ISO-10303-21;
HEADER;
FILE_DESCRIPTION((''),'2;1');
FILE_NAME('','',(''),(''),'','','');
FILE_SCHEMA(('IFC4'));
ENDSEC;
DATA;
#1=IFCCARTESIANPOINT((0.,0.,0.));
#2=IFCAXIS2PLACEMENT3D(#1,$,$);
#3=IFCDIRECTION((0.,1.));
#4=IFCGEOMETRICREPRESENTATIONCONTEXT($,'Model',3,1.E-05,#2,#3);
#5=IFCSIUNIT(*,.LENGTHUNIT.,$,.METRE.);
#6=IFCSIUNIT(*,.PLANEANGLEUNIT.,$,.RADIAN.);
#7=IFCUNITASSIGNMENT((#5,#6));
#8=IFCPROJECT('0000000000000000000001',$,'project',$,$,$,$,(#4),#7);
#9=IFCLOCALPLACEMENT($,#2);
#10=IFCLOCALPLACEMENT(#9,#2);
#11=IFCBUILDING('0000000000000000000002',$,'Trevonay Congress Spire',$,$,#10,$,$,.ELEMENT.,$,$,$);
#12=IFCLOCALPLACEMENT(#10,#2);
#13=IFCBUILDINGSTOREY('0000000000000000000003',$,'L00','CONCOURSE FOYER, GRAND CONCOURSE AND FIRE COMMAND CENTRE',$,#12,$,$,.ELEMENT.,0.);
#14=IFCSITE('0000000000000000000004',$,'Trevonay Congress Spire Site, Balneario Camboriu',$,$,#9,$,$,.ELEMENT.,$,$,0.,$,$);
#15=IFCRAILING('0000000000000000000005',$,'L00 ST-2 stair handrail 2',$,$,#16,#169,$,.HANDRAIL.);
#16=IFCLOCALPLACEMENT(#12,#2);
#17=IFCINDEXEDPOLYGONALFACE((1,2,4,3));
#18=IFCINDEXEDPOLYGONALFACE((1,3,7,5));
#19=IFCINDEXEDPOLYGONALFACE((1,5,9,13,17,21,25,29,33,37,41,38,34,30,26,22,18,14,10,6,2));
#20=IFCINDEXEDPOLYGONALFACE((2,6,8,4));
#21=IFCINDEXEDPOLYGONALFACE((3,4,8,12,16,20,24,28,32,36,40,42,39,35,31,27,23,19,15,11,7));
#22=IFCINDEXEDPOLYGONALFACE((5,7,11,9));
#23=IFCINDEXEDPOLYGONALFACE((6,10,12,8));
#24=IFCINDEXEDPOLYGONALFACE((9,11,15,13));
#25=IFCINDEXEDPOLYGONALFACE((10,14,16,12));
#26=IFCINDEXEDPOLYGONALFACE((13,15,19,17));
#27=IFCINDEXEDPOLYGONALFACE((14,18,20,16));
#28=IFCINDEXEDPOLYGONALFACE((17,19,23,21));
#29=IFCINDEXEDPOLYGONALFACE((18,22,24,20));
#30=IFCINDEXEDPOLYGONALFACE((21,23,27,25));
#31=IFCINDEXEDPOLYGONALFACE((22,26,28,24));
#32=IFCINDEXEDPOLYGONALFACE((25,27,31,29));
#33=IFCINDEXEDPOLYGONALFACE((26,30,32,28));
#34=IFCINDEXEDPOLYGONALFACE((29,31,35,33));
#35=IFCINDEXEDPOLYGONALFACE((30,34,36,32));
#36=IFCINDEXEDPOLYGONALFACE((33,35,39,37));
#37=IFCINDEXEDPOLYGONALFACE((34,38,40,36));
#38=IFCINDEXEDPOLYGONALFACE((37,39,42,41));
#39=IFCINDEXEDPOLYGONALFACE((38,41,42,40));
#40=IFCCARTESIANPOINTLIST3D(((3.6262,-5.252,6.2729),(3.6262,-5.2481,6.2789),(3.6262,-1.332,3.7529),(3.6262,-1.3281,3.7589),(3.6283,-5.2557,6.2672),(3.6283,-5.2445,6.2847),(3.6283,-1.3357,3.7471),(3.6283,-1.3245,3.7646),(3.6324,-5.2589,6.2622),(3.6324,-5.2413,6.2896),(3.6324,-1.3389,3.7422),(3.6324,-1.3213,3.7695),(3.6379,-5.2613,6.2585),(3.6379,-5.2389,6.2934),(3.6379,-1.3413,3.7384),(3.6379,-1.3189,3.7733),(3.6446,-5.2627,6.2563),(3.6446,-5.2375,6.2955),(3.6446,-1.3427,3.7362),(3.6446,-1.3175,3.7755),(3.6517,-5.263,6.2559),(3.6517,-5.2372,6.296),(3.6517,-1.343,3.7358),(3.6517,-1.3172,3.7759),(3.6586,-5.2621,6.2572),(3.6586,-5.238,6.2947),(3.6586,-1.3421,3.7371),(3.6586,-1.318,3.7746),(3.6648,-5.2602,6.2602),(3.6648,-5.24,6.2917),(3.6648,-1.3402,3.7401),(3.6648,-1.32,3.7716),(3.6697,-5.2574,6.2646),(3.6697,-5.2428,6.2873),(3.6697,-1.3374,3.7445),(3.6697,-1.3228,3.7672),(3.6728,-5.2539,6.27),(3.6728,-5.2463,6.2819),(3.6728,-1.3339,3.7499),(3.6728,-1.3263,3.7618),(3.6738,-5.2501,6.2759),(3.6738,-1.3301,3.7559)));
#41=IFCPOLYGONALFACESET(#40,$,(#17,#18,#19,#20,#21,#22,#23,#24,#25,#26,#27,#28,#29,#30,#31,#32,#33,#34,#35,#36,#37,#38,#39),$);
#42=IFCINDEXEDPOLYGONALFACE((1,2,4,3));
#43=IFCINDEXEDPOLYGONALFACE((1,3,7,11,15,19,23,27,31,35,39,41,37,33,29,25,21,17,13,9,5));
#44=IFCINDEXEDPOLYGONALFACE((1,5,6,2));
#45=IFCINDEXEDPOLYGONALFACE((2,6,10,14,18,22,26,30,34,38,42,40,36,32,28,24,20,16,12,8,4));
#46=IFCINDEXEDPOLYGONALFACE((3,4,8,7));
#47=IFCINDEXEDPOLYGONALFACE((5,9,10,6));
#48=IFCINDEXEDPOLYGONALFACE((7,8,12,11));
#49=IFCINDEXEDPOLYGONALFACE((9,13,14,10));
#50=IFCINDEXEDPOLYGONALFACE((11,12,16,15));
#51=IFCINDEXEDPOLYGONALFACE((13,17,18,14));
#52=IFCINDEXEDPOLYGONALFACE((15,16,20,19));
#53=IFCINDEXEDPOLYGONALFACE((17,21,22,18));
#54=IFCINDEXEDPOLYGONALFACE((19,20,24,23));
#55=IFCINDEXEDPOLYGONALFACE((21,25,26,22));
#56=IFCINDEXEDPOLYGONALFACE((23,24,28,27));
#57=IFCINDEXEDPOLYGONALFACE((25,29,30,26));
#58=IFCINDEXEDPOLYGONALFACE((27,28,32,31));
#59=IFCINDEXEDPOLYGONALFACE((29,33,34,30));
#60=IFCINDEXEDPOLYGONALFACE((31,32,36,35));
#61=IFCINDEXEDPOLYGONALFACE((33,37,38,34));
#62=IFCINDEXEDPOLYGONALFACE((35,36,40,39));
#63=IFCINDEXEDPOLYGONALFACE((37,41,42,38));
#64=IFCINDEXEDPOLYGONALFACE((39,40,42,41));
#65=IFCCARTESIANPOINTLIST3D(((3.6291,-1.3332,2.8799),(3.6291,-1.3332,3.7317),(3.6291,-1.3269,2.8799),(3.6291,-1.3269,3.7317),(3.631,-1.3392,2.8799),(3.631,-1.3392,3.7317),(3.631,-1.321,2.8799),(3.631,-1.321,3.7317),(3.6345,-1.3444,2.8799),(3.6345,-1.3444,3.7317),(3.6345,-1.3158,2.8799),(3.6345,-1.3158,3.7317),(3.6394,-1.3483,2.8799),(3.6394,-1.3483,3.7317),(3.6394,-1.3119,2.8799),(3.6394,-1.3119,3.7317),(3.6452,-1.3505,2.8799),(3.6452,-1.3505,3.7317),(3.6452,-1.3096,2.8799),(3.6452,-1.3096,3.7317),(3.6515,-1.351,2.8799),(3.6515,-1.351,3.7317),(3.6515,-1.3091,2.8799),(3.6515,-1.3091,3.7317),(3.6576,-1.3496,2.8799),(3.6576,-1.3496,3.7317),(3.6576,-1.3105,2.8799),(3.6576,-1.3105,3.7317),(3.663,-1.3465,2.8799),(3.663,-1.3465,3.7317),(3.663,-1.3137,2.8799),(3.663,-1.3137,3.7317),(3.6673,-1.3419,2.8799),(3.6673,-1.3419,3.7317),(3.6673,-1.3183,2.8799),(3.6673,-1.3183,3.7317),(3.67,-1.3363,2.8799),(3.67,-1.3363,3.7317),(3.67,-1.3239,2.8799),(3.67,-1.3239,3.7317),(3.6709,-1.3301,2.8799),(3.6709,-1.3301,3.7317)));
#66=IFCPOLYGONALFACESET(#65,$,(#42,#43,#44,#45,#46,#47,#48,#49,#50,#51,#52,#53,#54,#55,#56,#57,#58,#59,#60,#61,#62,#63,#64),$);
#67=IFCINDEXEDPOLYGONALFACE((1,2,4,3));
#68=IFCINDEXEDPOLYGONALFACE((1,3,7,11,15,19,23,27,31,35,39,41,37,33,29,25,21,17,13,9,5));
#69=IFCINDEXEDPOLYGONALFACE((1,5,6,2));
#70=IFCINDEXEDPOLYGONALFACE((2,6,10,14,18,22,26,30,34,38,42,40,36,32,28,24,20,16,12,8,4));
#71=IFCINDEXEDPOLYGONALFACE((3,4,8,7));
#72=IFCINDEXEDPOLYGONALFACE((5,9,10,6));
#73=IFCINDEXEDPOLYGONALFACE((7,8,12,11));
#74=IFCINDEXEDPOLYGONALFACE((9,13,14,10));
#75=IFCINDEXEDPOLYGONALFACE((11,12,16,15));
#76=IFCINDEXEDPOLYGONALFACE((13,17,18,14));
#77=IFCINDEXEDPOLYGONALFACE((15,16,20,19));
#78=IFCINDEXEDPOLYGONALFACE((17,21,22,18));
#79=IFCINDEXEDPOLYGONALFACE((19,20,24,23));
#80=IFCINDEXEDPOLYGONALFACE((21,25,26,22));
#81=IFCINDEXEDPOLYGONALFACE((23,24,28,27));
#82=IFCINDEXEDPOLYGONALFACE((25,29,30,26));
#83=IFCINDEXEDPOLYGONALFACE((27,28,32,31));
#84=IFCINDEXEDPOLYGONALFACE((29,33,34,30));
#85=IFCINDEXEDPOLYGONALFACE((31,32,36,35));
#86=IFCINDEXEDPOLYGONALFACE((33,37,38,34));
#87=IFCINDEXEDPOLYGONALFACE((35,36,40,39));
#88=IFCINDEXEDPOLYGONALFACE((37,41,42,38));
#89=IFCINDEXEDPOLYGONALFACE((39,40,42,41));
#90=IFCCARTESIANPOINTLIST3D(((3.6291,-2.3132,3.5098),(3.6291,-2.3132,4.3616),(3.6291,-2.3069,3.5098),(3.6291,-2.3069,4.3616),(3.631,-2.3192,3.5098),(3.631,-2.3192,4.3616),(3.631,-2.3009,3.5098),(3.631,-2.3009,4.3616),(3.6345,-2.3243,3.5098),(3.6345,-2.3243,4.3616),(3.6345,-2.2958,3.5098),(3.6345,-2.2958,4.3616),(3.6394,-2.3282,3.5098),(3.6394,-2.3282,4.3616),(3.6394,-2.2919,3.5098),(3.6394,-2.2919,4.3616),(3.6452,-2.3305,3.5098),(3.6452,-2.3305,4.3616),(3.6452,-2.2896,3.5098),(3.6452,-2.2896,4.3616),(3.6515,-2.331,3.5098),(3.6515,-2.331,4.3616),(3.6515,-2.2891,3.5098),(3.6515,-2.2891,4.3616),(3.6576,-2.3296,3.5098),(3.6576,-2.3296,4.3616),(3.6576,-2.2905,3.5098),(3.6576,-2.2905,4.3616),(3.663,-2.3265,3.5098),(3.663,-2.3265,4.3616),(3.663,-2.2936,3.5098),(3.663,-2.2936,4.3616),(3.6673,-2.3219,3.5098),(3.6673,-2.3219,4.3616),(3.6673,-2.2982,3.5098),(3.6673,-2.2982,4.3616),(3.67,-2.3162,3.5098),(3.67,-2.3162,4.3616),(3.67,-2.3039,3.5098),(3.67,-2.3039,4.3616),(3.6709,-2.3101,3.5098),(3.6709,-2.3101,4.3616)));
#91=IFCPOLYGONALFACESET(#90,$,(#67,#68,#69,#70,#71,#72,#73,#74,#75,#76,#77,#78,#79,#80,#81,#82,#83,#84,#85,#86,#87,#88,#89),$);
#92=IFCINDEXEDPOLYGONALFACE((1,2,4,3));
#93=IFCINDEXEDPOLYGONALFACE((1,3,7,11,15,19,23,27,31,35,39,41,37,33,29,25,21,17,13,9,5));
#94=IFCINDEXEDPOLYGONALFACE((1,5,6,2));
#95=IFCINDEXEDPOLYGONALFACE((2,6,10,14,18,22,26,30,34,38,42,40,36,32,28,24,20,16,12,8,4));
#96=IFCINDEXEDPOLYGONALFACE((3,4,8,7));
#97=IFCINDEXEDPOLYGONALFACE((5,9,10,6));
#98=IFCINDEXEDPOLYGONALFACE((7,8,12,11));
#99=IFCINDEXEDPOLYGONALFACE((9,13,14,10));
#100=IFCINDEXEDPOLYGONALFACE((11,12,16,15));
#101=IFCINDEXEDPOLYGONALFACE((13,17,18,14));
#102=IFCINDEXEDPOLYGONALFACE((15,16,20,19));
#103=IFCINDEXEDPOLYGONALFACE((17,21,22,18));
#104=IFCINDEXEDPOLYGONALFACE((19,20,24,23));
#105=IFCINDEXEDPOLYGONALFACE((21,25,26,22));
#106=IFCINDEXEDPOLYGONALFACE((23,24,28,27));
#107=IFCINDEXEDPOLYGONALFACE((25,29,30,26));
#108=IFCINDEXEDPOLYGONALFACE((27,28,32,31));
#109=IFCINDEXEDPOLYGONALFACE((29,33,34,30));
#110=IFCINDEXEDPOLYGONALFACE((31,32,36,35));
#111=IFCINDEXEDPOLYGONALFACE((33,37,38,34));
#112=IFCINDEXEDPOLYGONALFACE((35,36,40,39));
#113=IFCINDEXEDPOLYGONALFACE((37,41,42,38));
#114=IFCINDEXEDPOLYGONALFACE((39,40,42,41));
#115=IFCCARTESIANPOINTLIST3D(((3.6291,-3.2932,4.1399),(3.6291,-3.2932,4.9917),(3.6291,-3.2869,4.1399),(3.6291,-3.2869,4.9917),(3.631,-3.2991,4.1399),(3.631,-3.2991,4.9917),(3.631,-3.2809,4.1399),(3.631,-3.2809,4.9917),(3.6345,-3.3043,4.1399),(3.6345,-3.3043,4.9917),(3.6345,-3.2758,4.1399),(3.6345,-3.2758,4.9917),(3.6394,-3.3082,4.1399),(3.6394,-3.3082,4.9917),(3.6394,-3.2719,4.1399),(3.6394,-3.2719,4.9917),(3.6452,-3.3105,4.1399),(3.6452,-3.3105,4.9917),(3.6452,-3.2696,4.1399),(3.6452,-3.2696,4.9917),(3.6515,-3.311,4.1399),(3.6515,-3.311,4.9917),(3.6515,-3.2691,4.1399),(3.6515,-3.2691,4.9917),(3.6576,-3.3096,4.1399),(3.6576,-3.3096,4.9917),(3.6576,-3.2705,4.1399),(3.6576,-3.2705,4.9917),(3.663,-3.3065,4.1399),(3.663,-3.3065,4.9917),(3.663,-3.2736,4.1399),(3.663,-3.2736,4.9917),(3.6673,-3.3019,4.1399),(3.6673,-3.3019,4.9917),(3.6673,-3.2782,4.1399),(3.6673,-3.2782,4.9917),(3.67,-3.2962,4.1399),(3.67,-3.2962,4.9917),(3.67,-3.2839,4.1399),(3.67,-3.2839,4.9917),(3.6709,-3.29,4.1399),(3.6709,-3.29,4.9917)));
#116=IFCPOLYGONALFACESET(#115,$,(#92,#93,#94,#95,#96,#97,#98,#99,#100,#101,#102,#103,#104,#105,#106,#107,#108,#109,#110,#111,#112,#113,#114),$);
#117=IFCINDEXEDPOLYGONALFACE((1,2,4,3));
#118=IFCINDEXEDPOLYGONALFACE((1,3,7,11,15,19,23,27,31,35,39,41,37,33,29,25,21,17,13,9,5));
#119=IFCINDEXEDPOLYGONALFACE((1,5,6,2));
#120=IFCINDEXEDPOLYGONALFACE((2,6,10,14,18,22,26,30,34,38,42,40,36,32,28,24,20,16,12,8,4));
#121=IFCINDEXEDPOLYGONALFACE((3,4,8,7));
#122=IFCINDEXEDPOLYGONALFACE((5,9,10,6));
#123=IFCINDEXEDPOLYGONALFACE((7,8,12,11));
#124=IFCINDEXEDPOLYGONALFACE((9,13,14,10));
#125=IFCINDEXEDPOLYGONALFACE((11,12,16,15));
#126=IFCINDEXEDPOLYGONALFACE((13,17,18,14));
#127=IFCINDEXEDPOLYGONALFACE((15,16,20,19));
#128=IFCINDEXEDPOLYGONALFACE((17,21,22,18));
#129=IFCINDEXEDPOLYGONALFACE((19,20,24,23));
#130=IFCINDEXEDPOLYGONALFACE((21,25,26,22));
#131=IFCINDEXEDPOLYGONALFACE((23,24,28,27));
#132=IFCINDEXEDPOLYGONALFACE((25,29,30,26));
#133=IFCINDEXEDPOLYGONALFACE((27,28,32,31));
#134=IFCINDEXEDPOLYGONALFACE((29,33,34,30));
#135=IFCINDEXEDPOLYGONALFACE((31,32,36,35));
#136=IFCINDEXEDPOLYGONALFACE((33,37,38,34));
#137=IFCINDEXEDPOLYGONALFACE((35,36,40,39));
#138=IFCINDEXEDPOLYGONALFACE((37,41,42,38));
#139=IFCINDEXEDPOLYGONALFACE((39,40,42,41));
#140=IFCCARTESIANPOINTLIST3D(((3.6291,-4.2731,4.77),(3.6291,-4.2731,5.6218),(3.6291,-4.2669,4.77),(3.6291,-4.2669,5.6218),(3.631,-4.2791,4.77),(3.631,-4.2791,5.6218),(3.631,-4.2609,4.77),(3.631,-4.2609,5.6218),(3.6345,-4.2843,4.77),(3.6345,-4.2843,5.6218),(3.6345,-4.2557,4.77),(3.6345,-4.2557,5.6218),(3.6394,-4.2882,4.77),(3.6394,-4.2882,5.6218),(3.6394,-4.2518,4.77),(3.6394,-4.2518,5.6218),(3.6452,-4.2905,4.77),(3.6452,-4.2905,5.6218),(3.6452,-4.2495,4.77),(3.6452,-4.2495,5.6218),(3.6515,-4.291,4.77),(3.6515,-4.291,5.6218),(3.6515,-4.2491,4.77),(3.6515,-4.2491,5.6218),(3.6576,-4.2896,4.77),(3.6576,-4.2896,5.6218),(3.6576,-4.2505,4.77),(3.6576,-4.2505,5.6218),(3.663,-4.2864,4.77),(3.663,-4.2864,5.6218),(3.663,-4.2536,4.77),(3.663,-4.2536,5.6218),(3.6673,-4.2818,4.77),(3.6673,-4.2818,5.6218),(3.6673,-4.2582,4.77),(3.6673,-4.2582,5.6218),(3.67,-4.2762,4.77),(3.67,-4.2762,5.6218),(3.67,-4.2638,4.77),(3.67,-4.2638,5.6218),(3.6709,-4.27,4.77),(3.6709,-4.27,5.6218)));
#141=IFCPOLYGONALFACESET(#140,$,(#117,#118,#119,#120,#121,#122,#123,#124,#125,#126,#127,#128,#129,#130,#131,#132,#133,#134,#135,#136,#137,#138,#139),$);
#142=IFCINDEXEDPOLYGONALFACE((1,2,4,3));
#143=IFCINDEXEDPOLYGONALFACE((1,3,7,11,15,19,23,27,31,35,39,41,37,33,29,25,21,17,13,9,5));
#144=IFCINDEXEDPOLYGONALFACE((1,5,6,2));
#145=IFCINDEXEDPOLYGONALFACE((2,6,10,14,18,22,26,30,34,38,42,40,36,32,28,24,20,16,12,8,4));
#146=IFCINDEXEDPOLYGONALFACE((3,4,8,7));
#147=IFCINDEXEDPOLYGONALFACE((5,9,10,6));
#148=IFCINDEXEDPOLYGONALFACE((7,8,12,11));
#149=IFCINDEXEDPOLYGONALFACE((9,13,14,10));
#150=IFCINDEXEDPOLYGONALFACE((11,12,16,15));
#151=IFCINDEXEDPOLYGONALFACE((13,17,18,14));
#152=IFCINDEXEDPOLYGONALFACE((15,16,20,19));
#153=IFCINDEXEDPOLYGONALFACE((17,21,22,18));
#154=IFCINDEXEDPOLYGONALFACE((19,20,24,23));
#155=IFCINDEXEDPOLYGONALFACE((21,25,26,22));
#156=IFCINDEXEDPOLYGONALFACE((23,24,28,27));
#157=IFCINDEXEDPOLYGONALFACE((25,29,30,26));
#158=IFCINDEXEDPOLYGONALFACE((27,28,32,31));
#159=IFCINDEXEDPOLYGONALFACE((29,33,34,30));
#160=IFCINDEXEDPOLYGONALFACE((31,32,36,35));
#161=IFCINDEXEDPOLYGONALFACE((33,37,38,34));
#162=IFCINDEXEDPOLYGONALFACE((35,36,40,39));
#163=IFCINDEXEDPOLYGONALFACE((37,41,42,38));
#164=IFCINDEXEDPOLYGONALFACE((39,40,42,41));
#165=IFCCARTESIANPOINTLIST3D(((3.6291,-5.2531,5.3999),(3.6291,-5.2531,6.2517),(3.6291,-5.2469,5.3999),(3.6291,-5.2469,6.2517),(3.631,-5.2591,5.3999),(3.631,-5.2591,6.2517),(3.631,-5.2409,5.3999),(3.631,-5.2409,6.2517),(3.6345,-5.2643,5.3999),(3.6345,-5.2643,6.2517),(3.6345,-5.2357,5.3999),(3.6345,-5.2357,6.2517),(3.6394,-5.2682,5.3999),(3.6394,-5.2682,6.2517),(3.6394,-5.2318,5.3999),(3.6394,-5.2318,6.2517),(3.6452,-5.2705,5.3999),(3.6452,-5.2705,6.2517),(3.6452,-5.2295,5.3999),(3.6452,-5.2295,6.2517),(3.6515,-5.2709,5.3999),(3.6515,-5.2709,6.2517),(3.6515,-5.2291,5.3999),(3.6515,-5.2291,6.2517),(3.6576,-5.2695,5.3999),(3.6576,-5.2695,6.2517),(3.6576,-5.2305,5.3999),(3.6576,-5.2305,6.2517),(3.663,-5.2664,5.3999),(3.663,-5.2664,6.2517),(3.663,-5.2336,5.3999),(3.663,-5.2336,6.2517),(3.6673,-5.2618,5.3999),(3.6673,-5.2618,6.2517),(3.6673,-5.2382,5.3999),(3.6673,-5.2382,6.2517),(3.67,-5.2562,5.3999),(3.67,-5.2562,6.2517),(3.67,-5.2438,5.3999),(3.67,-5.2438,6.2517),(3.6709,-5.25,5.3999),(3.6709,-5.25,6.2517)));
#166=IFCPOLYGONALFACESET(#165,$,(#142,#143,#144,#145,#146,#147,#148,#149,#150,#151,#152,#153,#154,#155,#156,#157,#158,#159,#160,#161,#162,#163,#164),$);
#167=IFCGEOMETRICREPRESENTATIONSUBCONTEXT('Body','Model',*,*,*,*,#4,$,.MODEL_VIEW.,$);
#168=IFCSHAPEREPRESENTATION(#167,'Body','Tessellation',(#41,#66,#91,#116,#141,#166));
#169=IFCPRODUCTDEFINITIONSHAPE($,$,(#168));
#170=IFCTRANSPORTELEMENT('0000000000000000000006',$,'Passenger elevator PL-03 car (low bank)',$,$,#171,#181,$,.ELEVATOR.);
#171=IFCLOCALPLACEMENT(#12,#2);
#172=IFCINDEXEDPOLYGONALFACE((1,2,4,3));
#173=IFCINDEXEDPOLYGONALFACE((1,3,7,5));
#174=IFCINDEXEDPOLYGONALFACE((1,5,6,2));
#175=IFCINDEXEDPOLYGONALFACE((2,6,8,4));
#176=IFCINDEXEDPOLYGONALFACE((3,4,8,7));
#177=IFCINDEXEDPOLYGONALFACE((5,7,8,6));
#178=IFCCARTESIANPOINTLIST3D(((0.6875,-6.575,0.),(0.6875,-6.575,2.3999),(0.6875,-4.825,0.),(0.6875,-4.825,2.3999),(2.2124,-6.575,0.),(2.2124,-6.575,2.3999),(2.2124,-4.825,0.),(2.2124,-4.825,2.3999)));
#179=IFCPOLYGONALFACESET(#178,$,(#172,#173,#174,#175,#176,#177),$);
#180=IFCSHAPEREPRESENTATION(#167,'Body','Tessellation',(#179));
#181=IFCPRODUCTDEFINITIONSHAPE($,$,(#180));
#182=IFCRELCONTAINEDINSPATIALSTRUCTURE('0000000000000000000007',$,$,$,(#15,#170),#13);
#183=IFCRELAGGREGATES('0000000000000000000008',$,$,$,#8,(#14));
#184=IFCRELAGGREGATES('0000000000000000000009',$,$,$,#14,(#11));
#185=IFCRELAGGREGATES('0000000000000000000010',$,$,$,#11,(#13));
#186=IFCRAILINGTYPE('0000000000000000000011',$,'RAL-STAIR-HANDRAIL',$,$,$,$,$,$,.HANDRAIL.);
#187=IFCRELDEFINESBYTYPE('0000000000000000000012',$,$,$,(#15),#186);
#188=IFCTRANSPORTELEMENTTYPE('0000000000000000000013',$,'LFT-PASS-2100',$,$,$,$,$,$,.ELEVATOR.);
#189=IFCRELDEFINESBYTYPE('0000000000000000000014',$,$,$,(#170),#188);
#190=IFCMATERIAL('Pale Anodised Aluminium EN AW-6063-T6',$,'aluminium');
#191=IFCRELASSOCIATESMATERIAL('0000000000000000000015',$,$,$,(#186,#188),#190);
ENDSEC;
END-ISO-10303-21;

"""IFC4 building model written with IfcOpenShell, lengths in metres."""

from ifc_helpers import new_model, si_unit, direction, frame, origin, origin_2d, place, context, subcontext, project, spatial, rectangle, circle, extrude, material, type_object, element, save


model = new_model("IFC4")

# Units and contexts
model_context = context("Model", 3, precision=1e-05, world=origin(), true_north=direction((0.0, 1.0)))
body_context = subcontext(model_context, "Body", "Model", "MODEL_VIEW")
ifc_project = project(units=[si_unit("LENGTHUNIT", "METRE"), si_unit("PLANEANGLEUNIT", "RADIAN")], contexts=[model_context])

# Site, building, storey
site_placement = place(None, origin())
site = spatial("IfcSite", under=ifc_project, at=site_placement, Name="Trevonay Congress Spire Site, Balneario Camboriu", CompositionType="ELEMENT", RefElevation=0.0)
building_placement = place(site_placement, origin())
building = spatial("IfcBuilding", under=site, at=building_placement, Name="Trevonay Congress Spire", CompositionType="ELEMENT")
storey_placement = place(building_placement, origin())
storey = spatial("IfcBuildingStorey", under=building, at=storey_placement, Name="L00", Description="CONCOURSE FOYER, GRAND CONCOURSE AND FIRE COMMAND CENTRE", CompositionType="ELEMENT", Elevation=0.0)

# Railing
ifc_material_1 = material(Name="Pale Anodised Aluminium EN AW-6063-T6", Category="aluminium")
railing_type_1 = type_object("IfcRailingType", Name="RAL-STAIR-HANDRAIL", PredefinedType="HANDRAIL", material=ifc_material_1)
railing_1_placement = place(storey_placement, frame((3.6499, -1.3301, 2.8799)))
element("IfcRailing", 1, at=railing_1_placement, inside=storey, type_object=railing_type_1, Name="L00 ST-2 stair handrail 2", PredefinedType="HANDRAIL", context=body_context, shape_type="SweptSolid", body=[
    extrude(circle(Radius=0.0239, at=origin_2d()), frame((0.0, 0.0, 0.876), z_axis=(0.0, -0.841172, 0.540768), x_axis=(1.0, 0.0, 0.0)), (0.0, 0.0, 1.0), 4.6602),
    extrude(circle(Radius=0.021, at=origin_2d()), origin(), (0.0, 0.0, 1.0), 0.8518),
    extrude(circle(Radius=0.021, at=origin_2d()), frame((0.0, -0.98, 0.6299)), (0.0, 0.0, 1.0), 0.8518),
    extrude(circle(Radius=0.021, at=origin_2d()), frame((0.0, -1.96, 1.26)), (0.0, 0.0, 1.0), 0.8518),
    extrude(circle(Radius=0.021, at=origin_2d()), frame((0.0, -2.9399, 1.8901)), (0.0, 0.0, 1.0), 0.8518),
    extrude(circle(Radius=0.021, at=origin_2d()), frame((0.0, -3.9199, 2.52)), (0.0, 0.0, 1.0), 0.8518),
])

# Transport element
transport_element_type = type_object("IfcTransportElementType", Name="LFT-PASS-2100", PredefinedType="ELEVATOR", material=ifc_material_1)
transport_element_placement = place(storey_placement, frame((1.45, -5.7, 0.0), z_axis=(0.0, 0.0, 1.0), x_axis=(1.0, 0.0, 0.0)))
element("IfcTransportElement", 2, at=transport_element_placement, inside=storey, type_object=transport_element_type, Name="Passenger elevator PL-03 car (low bank)", PredefinedType="ELEVATOR", context=body_context, shape_type="SweptSolid", body=[
    extrude(rectangle(XDim=1.5249, YDim=1.75, at=origin_2d()), origin(), (0.0, 0.0, 1.0), 2.3999),
])

save(model, "model.ifc")
